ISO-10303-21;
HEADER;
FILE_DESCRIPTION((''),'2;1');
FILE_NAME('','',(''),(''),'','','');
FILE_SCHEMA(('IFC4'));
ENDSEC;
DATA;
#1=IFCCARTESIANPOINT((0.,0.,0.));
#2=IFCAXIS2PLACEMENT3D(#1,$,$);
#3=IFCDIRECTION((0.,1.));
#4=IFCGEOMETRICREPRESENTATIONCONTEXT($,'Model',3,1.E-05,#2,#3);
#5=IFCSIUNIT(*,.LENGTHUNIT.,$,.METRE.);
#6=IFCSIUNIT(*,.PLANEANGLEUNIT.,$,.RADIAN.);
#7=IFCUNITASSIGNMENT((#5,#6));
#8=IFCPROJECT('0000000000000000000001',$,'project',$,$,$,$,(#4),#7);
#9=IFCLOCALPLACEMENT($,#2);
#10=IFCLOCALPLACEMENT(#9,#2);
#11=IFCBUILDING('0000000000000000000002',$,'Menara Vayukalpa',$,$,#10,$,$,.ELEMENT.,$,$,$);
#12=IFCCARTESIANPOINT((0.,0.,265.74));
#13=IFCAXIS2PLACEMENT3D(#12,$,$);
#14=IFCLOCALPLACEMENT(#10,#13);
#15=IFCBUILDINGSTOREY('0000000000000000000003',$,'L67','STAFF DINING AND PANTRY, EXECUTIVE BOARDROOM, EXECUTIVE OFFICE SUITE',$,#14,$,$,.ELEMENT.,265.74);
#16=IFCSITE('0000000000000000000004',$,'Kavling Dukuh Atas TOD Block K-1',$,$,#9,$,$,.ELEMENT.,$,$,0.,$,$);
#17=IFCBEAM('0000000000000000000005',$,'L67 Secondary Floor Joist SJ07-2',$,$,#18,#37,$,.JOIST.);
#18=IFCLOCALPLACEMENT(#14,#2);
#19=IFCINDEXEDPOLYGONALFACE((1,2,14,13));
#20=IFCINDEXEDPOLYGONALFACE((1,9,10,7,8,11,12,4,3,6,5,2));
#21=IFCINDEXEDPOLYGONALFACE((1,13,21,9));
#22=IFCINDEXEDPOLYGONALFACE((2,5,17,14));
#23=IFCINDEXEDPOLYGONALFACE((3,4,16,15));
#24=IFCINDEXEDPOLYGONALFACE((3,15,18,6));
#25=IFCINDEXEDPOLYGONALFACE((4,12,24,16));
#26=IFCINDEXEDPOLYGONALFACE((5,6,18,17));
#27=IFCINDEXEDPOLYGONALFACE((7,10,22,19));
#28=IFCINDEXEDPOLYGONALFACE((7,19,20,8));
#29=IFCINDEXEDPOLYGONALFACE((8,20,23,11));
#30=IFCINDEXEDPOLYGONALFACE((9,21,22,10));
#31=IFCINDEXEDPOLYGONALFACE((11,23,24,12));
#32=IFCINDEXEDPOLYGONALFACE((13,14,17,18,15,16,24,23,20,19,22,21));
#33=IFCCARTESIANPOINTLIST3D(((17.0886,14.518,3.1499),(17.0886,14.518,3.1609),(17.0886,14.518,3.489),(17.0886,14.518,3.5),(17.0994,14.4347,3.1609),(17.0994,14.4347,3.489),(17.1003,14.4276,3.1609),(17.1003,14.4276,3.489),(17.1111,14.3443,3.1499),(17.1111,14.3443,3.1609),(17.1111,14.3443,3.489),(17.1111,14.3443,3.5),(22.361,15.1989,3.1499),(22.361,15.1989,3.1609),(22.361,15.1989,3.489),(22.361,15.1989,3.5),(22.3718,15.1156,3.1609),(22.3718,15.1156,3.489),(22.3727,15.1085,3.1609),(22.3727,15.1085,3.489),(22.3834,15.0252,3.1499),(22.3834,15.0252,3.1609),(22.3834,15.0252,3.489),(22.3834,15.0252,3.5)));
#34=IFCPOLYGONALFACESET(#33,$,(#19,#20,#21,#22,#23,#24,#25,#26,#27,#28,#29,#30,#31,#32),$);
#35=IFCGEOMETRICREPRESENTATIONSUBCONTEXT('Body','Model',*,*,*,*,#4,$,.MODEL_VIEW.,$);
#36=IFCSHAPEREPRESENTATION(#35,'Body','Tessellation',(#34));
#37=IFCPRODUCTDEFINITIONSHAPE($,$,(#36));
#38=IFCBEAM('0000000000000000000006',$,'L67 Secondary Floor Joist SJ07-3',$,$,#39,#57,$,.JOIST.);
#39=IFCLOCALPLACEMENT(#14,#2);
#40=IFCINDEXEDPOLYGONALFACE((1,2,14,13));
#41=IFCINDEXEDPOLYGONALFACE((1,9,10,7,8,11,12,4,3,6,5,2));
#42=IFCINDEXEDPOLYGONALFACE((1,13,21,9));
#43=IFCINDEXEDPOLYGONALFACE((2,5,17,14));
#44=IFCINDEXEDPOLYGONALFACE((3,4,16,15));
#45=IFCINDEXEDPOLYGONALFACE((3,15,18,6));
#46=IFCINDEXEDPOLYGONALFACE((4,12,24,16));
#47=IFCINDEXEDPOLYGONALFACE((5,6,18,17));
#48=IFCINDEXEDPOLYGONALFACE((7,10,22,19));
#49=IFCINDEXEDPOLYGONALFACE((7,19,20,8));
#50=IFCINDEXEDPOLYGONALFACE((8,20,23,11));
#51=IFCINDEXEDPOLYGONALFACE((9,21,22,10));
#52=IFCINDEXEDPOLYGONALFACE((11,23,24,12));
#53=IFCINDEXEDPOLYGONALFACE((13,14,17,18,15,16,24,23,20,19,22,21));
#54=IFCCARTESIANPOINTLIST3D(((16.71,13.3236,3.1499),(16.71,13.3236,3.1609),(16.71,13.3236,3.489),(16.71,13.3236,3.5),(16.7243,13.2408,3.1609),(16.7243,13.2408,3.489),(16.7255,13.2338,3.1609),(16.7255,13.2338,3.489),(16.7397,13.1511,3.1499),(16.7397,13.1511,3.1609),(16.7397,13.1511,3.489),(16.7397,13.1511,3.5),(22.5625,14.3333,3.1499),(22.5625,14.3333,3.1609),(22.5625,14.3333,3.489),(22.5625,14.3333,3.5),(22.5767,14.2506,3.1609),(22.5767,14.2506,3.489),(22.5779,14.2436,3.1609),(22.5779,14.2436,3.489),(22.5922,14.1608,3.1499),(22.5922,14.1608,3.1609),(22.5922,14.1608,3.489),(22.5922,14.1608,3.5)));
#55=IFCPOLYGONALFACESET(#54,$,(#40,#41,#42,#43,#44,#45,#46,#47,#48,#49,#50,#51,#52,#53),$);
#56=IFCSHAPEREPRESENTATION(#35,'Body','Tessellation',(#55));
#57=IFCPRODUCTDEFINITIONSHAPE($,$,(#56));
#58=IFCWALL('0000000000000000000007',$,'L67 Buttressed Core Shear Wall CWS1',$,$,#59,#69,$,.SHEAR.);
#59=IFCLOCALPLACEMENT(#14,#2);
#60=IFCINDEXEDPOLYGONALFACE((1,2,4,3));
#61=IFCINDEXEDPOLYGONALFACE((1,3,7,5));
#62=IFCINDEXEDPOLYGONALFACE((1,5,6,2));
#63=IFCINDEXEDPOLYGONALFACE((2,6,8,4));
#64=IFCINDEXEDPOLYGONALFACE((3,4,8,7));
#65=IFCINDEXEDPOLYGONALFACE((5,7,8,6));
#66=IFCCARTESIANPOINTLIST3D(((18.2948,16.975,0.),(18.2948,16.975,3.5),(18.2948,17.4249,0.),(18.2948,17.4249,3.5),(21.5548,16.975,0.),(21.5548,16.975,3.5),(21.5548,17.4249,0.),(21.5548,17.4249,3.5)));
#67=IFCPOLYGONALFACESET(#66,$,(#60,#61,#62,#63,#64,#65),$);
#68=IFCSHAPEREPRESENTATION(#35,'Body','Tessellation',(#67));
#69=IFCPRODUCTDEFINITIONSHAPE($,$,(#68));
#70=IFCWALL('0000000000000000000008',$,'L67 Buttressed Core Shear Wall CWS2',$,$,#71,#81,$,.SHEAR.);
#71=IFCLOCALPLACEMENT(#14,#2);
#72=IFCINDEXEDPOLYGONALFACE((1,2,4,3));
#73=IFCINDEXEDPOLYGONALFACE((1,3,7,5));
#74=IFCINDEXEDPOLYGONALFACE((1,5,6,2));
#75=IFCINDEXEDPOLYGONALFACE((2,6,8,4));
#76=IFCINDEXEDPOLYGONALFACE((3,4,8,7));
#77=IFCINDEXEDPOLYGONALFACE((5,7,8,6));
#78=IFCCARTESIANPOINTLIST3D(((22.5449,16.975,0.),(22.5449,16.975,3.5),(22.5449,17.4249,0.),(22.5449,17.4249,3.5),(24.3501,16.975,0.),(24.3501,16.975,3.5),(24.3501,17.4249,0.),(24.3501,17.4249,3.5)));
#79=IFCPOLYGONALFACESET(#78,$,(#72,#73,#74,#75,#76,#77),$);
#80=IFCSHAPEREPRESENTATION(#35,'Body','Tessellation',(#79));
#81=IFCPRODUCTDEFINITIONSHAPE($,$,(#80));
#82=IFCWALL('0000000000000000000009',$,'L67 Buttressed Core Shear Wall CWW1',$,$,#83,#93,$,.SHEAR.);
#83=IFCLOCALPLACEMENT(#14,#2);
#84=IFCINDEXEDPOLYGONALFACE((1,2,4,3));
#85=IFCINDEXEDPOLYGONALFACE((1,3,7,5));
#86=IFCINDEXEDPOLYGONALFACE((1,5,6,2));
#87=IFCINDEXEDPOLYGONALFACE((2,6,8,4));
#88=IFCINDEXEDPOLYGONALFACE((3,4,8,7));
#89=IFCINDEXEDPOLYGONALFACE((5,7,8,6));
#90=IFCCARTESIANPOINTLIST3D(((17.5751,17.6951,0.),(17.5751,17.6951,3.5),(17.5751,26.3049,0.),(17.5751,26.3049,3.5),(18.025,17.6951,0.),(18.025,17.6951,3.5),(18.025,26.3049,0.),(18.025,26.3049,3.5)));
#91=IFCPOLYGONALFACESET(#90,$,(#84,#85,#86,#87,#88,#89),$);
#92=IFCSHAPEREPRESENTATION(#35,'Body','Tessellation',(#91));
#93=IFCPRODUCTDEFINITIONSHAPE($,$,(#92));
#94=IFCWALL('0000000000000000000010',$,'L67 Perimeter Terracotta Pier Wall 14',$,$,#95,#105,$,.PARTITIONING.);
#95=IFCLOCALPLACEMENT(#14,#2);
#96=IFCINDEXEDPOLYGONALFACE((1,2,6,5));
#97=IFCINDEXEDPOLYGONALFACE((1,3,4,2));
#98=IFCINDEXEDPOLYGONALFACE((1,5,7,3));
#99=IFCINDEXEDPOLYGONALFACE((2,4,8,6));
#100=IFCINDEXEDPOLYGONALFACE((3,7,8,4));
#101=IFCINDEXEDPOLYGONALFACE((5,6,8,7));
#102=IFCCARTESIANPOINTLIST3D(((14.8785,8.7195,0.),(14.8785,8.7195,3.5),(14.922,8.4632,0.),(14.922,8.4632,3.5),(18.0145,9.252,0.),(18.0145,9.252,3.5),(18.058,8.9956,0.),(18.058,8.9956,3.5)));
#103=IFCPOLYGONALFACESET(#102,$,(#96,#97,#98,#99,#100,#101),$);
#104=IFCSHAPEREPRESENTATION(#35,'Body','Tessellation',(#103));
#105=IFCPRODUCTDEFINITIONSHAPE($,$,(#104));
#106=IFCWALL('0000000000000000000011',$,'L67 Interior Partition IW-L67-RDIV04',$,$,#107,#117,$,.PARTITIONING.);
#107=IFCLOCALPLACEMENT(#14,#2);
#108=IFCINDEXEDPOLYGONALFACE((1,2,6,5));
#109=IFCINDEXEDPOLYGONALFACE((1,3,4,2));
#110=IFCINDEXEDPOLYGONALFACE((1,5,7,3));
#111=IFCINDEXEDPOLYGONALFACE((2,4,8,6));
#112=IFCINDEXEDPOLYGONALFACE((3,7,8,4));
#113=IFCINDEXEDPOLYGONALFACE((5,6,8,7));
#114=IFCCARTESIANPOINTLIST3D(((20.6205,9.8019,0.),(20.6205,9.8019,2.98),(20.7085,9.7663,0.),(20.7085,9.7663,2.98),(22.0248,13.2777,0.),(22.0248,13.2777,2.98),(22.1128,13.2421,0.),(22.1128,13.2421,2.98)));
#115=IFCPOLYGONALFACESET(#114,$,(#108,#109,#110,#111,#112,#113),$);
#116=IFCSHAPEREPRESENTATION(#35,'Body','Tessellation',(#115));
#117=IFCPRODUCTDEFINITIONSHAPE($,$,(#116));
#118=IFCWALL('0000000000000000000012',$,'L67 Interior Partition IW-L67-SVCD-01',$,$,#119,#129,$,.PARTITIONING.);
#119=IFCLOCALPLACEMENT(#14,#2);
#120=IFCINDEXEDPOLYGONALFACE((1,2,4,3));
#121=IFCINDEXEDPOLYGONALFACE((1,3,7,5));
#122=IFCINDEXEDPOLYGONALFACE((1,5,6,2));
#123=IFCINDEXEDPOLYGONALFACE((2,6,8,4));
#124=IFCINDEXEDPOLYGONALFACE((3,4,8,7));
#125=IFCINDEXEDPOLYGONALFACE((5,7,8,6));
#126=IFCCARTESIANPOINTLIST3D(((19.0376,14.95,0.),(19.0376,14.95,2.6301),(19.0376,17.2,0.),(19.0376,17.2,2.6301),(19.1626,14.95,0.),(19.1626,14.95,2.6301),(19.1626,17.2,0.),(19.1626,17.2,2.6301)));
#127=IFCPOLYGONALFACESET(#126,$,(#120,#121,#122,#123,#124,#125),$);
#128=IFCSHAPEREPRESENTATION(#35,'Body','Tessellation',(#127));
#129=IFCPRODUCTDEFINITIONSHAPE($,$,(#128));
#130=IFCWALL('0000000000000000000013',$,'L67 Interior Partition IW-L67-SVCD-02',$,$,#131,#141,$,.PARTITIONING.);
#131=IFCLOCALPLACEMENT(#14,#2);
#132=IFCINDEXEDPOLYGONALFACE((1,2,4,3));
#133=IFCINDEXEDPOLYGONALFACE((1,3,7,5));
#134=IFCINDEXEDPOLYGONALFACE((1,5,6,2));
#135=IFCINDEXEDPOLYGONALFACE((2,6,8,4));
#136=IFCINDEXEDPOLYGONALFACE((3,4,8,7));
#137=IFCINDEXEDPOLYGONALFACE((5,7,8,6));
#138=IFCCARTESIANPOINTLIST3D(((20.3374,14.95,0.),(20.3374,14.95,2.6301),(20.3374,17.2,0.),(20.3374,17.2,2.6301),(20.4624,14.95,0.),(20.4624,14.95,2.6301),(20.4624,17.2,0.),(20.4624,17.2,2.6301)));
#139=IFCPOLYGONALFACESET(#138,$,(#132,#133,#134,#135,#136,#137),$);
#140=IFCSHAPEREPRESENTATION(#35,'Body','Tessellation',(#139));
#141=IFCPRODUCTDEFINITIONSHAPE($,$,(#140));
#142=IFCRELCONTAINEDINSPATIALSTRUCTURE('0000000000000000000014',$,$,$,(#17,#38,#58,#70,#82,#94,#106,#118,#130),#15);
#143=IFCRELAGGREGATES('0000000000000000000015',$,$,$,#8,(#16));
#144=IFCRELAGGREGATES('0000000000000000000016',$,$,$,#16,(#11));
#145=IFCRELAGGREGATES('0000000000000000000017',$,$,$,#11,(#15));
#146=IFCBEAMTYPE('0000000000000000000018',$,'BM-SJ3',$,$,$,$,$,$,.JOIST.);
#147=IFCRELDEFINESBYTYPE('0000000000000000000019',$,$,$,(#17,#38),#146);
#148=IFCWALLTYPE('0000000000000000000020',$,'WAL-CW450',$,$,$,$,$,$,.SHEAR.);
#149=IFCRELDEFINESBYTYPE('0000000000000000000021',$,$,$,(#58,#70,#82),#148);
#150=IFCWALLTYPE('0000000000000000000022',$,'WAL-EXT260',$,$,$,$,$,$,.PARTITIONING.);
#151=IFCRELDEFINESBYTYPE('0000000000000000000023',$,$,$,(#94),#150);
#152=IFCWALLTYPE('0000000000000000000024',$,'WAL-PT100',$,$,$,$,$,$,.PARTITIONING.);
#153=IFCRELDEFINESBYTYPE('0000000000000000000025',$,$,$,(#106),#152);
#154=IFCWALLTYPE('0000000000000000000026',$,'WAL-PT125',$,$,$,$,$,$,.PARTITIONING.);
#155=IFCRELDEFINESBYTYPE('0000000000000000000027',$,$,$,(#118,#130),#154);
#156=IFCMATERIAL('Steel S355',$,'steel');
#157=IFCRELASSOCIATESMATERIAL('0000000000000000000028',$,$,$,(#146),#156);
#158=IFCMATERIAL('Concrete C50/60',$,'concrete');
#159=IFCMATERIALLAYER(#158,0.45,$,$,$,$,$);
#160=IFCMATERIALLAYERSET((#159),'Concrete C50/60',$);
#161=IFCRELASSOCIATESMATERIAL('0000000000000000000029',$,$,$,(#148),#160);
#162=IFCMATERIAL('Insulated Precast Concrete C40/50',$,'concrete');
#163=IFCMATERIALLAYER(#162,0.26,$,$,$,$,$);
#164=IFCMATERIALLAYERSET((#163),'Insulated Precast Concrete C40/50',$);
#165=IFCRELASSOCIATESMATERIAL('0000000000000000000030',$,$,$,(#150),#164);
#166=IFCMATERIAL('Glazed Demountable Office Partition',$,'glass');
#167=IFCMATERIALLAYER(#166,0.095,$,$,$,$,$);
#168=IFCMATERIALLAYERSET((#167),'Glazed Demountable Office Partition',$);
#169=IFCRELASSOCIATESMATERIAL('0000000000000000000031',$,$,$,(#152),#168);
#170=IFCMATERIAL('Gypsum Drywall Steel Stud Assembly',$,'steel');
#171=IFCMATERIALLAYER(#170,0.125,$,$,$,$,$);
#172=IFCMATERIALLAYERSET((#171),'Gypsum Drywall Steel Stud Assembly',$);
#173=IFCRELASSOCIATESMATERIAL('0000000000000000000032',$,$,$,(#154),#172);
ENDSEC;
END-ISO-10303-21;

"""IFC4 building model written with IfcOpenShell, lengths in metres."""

from ifc_helpers import new_model, si_unit, direction, frame, frame_2d, origin, origin_2d, place, context, subcontext, project, spatial, rectangle, i_section, extrude, material, layer, layer_set, material_profile, profile_set, type_object, element, save


model = new_model("IFC4")

# Units and contexts
model_context = context("Model", 3, precision=1e-05, world=origin(), true_north=direction((0.0, 1.0)))
body_context = subcontext(model_context, "Body", "Model", "MODEL_VIEW")
ifc_project = project(units=[si_unit("LENGTHUNIT", "METRE"), si_unit("PLANEANGLEUNIT", "RADIAN")], contexts=[model_context])

# Site, building, storey
site_placement = place(None, origin())
site = spatial("IfcSite", under=ifc_project, at=site_placement, Name="Kavling Dukuh Atas TOD Block K-1", CompositionType="ELEMENT", RefElevation=0.0)
building_placement = place(site_placement, origin())
building = spatial("IfcBuilding", under=site, at=building_placement, Name="Menara Vayukalpa", CompositionType="ELEMENT")
storey_placement = place(building_placement, frame((0.0, 0.0, 265.74)))
storey = spatial("IfcBuildingStorey", under=building, at=storey_placement, Name="L67", Description="STAFF DINING AND PANTRY, EXECUTIVE BOARDROOM, EXECUTIVE OFFICE SUITE", CompositionType="ELEMENT", Elevation=265.74)

# Beams
ifc_material_1 = material(Name="Steel S355", Category="steel")
ifc_material_profile_1 = material_profile(ifc_material_1, i_section(OverallWidth=0.175, OverallDepth=0.3501, WebThickness=0.0071, FlangeThickness=0.011, at=origin_2d()), Name="WF 350x175x7x11")
ifc_profile_set_1 = profile_set([ifc_material_profile_1], Name="Steel S355")
beam_type_1 = type_object("IfcBeamType", Name="BM-SJ3", PredefinedType="JOIST", material=ifc_profile_set_1)
beam_1_placement = place(storey_placement, frame((17.0999, 14.4312, 3.325), z_axis=(0.991764, 0.128081, 0.0), x_axis=(-0.128081, 0.991764, 0.0)))
element("IfcBeam", 1, at=beam_1_placement, inside=storey, type_object=beam_type_1, Name="L67 Secondary Floor Joist SJ07-2", PredefinedType="JOIST", context=body_context, shape_type="SweptSolid", body=[
    extrude(i_section(OverallWidth=0.175, OverallDepth=0.3501, WebThickness=0.0071, FlangeThickness=0.011, at=origin_2d()), origin(), (0.0, 0.0, 1.0), 5.3162),
])
beam_2_placement = place(storey_placement, frame((16.7249, 13.2373, 3.325), z_axis=(0.98544, 0.170023, 0.0), x_axis=(-0.170023, 0.98544, 0.0)))
element("IfcBeam", 2, at=beam_2_placement, inside=storey, type_object=beam_type_1, Name="L67 Secondary Floor Joist SJ07-3", PredefinedType="JOIST", context=body_context, shape_type="SweptSolid", body=[
    extrude(i_section(OverallWidth=0.175, OverallDepth=0.3501, WebThickness=0.0071, FlangeThickness=0.011, at=origin_2d()), origin(), (0.0, 0.0, 1.0), 5.939),
])

# Walls
ifc_material_2 = material(Name="Concrete C50/60", Category="concrete")
ifc_layer_1 = layer(ifc_material_2, 0.45)
ifc_layer_set_1 = layer_set([ifc_layer_1], Name="Concrete C50/60")
wall_type_1 = type_object("IfcWallType", Name="WAL-CW450", PredefinedType="SHEAR", material=ifc_layer_set_1)
wall_1_placement = place(storey_placement, frame((18.2949, 17.2, 0.0), z_axis=(0.0, 0.0, 1.0), x_axis=(1.0, 0.0, 0.0)))
element("IfcWall", 3, at=wall_1_placement, inside=storey, type_object=wall_type_1, Name="L67 Buttressed Core Shear Wall CWS1", PredefinedType="SHEAR", context=body_context, shape_type="SweptSolid", body=[
    extrude(rectangle(XDim=3.26, YDim=0.45, at=frame_2d((1.6299, 0.0))), origin(), (0.0, 0.0, 1.0), 3.5),
])
wall_2_placement = place(storey_placement, frame((22.5449, 17.2, 0.0), z_axis=(0.0, 0.0, 1.0), x_axis=(1.0, 0.0, 0.0)))
element("IfcWall", 4, at=wall_2_placement, inside=storey, type_object=wall_type_1, Name="L67 Buttressed Core Shear Wall CWS2", PredefinedType="SHEAR", context=body_context, shape_type="SweptSolid", body=[
    extrude(rectangle(XDim=1.8052, YDim=0.45, at=frame_2d((0.9026, 0.0))), origin(), (0.0, 0.0, 1.0), 3.5),
])
wall_3_placement = place(storey_placement, frame((17.8, 17.6951, 0.0), z_axis=(0.0, 0.0, 1.0), x_axis=(0.0, 1.0, 0.0)))
element("IfcWall", 5, at=wall_3_placement, inside=storey, type_object=wall_type_1, Name="L67 Buttressed Core Shear Wall CWW1", PredefinedType="SHEAR", context=body_context, shape_type="SweptSolid", body=[
    extrude(rectangle(XDim=8.6099, YDim=0.45, at=frame_2d((4.3049, 0.0))), origin(), (0.0, 0.0, 1.0), 3.5),
])
ifc_material_3 = material(Name="Insulated Precast Concrete C40/50", Category="concrete")
ifc_layer_2 = layer(ifc_material_3, 0.26)
ifc_layer_set_2 = layer_set([ifc_layer_2], Name="Insulated Precast Concrete C40/50")
wall_type_2 = type_object("IfcWallType", Name="WAL-EXT260", PredefinedType="PARTITIONING", material=ifc_layer_set_2)
wall_4_placement = place(storey_placement, frame((18.0361, 9.1238, 0.0), z_axis=(0.0, 0.0, 1.0), x_axis=(-0.985889, -0.167398, 0.0)))
element("IfcWall", 6, at=wall_4_placement, inside=storey, type_object=wall_type_2, Name="L67 Perimeter Terracotta Pier Wall 14", PredefinedType="PARTITIONING", context=body_context, shape_type="SweptSolid", body=[
    extrude(rectangle(XDim=3.1809, YDim=0.26, at=frame_2d((1.5903, 0.0))), origin(), (0.0, 0.0, 1.0), 3.5),
])
ifc_material_4 = material(Name="Glazed Demountable Office Partition", Category="glass")
ifc_layer_3 = layer(ifc_material_4, 0.095)
ifc_layer_set_3 = layer_set([ifc_layer_3], Name="Glazed Demountable Office Partition")
wall_type_3 = type_object("IfcWallType", Name="WAL-PT100", PredefinedType="PARTITIONING", material=ifc_layer_set_3)
wall_5_placement = place(storey_placement, frame((22.0688, 13.26, 0.0), z_axis=(0.0, 0.0, 1.0), x_axis=(-0.3746, -0.927187, 0.0)))
element("IfcWall", 7, at=wall_5_placement, inside=storey, type_object=wall_type_3, Name="L67 Interior Partition IW-L67-RDIV04", PredefinedType="PARTITIONING", context=body_context, shape_type="SweptSolid", body=[
    extrude(rectangle(XDim=3.7488, YDim=0.095, at=frame_2d((1.8745, 0.0))), origin(), (0.0, 0.0, 1.0), 2.98),
])
ifc_material_5 = material(Name="Gypsum Drywall Steel Stud Assembly", Category="steel")
ifc_layer_4 = layer(ifc_material_5, 0.125)
ifc_layer_set_4 = layer_set([ifc_layer_4], Name="Gypsum Drywall Steel Stud Assembly")
wall_type_4 = type_object("IfcWallType", Name="WAL-PT125", PredefinedType="PARTITIONING", material=ifc_layer_set_4)
for number, where, z_axis, x_axis, name in (
    (8, (19.1001, 14.95, 0.0), (0.0, 0.0, 1.0), (0.0, 1.0, 0.0), "L67 Interior Partition IW-L67-SVCD-01"),
    (9, (20.3999, 14.95, 0.0), (0.0, 0.0, 1.0), (0.0, 1.0, 0.0), "L67 Interior Partition IW-L67-SVCD-02"),
):
    element("IfcWall", number, at=place(storey_placement, frame(where, z_axis=z_axis, x_axis=x_axis)), inside=storey, type_object=wall_type_4, Name=name, PredefinedType="PARTITIONING", context=body_context, shape_type="SweptSolid", body=[
        extrude(rectangle(XDim=2.25, YDim=0.125, at=frame_2d((1.125, 0.0))), origin(), (0.0, 0.0, 1.0), 2.6301),
    ])

save(model, "model.ifc")
